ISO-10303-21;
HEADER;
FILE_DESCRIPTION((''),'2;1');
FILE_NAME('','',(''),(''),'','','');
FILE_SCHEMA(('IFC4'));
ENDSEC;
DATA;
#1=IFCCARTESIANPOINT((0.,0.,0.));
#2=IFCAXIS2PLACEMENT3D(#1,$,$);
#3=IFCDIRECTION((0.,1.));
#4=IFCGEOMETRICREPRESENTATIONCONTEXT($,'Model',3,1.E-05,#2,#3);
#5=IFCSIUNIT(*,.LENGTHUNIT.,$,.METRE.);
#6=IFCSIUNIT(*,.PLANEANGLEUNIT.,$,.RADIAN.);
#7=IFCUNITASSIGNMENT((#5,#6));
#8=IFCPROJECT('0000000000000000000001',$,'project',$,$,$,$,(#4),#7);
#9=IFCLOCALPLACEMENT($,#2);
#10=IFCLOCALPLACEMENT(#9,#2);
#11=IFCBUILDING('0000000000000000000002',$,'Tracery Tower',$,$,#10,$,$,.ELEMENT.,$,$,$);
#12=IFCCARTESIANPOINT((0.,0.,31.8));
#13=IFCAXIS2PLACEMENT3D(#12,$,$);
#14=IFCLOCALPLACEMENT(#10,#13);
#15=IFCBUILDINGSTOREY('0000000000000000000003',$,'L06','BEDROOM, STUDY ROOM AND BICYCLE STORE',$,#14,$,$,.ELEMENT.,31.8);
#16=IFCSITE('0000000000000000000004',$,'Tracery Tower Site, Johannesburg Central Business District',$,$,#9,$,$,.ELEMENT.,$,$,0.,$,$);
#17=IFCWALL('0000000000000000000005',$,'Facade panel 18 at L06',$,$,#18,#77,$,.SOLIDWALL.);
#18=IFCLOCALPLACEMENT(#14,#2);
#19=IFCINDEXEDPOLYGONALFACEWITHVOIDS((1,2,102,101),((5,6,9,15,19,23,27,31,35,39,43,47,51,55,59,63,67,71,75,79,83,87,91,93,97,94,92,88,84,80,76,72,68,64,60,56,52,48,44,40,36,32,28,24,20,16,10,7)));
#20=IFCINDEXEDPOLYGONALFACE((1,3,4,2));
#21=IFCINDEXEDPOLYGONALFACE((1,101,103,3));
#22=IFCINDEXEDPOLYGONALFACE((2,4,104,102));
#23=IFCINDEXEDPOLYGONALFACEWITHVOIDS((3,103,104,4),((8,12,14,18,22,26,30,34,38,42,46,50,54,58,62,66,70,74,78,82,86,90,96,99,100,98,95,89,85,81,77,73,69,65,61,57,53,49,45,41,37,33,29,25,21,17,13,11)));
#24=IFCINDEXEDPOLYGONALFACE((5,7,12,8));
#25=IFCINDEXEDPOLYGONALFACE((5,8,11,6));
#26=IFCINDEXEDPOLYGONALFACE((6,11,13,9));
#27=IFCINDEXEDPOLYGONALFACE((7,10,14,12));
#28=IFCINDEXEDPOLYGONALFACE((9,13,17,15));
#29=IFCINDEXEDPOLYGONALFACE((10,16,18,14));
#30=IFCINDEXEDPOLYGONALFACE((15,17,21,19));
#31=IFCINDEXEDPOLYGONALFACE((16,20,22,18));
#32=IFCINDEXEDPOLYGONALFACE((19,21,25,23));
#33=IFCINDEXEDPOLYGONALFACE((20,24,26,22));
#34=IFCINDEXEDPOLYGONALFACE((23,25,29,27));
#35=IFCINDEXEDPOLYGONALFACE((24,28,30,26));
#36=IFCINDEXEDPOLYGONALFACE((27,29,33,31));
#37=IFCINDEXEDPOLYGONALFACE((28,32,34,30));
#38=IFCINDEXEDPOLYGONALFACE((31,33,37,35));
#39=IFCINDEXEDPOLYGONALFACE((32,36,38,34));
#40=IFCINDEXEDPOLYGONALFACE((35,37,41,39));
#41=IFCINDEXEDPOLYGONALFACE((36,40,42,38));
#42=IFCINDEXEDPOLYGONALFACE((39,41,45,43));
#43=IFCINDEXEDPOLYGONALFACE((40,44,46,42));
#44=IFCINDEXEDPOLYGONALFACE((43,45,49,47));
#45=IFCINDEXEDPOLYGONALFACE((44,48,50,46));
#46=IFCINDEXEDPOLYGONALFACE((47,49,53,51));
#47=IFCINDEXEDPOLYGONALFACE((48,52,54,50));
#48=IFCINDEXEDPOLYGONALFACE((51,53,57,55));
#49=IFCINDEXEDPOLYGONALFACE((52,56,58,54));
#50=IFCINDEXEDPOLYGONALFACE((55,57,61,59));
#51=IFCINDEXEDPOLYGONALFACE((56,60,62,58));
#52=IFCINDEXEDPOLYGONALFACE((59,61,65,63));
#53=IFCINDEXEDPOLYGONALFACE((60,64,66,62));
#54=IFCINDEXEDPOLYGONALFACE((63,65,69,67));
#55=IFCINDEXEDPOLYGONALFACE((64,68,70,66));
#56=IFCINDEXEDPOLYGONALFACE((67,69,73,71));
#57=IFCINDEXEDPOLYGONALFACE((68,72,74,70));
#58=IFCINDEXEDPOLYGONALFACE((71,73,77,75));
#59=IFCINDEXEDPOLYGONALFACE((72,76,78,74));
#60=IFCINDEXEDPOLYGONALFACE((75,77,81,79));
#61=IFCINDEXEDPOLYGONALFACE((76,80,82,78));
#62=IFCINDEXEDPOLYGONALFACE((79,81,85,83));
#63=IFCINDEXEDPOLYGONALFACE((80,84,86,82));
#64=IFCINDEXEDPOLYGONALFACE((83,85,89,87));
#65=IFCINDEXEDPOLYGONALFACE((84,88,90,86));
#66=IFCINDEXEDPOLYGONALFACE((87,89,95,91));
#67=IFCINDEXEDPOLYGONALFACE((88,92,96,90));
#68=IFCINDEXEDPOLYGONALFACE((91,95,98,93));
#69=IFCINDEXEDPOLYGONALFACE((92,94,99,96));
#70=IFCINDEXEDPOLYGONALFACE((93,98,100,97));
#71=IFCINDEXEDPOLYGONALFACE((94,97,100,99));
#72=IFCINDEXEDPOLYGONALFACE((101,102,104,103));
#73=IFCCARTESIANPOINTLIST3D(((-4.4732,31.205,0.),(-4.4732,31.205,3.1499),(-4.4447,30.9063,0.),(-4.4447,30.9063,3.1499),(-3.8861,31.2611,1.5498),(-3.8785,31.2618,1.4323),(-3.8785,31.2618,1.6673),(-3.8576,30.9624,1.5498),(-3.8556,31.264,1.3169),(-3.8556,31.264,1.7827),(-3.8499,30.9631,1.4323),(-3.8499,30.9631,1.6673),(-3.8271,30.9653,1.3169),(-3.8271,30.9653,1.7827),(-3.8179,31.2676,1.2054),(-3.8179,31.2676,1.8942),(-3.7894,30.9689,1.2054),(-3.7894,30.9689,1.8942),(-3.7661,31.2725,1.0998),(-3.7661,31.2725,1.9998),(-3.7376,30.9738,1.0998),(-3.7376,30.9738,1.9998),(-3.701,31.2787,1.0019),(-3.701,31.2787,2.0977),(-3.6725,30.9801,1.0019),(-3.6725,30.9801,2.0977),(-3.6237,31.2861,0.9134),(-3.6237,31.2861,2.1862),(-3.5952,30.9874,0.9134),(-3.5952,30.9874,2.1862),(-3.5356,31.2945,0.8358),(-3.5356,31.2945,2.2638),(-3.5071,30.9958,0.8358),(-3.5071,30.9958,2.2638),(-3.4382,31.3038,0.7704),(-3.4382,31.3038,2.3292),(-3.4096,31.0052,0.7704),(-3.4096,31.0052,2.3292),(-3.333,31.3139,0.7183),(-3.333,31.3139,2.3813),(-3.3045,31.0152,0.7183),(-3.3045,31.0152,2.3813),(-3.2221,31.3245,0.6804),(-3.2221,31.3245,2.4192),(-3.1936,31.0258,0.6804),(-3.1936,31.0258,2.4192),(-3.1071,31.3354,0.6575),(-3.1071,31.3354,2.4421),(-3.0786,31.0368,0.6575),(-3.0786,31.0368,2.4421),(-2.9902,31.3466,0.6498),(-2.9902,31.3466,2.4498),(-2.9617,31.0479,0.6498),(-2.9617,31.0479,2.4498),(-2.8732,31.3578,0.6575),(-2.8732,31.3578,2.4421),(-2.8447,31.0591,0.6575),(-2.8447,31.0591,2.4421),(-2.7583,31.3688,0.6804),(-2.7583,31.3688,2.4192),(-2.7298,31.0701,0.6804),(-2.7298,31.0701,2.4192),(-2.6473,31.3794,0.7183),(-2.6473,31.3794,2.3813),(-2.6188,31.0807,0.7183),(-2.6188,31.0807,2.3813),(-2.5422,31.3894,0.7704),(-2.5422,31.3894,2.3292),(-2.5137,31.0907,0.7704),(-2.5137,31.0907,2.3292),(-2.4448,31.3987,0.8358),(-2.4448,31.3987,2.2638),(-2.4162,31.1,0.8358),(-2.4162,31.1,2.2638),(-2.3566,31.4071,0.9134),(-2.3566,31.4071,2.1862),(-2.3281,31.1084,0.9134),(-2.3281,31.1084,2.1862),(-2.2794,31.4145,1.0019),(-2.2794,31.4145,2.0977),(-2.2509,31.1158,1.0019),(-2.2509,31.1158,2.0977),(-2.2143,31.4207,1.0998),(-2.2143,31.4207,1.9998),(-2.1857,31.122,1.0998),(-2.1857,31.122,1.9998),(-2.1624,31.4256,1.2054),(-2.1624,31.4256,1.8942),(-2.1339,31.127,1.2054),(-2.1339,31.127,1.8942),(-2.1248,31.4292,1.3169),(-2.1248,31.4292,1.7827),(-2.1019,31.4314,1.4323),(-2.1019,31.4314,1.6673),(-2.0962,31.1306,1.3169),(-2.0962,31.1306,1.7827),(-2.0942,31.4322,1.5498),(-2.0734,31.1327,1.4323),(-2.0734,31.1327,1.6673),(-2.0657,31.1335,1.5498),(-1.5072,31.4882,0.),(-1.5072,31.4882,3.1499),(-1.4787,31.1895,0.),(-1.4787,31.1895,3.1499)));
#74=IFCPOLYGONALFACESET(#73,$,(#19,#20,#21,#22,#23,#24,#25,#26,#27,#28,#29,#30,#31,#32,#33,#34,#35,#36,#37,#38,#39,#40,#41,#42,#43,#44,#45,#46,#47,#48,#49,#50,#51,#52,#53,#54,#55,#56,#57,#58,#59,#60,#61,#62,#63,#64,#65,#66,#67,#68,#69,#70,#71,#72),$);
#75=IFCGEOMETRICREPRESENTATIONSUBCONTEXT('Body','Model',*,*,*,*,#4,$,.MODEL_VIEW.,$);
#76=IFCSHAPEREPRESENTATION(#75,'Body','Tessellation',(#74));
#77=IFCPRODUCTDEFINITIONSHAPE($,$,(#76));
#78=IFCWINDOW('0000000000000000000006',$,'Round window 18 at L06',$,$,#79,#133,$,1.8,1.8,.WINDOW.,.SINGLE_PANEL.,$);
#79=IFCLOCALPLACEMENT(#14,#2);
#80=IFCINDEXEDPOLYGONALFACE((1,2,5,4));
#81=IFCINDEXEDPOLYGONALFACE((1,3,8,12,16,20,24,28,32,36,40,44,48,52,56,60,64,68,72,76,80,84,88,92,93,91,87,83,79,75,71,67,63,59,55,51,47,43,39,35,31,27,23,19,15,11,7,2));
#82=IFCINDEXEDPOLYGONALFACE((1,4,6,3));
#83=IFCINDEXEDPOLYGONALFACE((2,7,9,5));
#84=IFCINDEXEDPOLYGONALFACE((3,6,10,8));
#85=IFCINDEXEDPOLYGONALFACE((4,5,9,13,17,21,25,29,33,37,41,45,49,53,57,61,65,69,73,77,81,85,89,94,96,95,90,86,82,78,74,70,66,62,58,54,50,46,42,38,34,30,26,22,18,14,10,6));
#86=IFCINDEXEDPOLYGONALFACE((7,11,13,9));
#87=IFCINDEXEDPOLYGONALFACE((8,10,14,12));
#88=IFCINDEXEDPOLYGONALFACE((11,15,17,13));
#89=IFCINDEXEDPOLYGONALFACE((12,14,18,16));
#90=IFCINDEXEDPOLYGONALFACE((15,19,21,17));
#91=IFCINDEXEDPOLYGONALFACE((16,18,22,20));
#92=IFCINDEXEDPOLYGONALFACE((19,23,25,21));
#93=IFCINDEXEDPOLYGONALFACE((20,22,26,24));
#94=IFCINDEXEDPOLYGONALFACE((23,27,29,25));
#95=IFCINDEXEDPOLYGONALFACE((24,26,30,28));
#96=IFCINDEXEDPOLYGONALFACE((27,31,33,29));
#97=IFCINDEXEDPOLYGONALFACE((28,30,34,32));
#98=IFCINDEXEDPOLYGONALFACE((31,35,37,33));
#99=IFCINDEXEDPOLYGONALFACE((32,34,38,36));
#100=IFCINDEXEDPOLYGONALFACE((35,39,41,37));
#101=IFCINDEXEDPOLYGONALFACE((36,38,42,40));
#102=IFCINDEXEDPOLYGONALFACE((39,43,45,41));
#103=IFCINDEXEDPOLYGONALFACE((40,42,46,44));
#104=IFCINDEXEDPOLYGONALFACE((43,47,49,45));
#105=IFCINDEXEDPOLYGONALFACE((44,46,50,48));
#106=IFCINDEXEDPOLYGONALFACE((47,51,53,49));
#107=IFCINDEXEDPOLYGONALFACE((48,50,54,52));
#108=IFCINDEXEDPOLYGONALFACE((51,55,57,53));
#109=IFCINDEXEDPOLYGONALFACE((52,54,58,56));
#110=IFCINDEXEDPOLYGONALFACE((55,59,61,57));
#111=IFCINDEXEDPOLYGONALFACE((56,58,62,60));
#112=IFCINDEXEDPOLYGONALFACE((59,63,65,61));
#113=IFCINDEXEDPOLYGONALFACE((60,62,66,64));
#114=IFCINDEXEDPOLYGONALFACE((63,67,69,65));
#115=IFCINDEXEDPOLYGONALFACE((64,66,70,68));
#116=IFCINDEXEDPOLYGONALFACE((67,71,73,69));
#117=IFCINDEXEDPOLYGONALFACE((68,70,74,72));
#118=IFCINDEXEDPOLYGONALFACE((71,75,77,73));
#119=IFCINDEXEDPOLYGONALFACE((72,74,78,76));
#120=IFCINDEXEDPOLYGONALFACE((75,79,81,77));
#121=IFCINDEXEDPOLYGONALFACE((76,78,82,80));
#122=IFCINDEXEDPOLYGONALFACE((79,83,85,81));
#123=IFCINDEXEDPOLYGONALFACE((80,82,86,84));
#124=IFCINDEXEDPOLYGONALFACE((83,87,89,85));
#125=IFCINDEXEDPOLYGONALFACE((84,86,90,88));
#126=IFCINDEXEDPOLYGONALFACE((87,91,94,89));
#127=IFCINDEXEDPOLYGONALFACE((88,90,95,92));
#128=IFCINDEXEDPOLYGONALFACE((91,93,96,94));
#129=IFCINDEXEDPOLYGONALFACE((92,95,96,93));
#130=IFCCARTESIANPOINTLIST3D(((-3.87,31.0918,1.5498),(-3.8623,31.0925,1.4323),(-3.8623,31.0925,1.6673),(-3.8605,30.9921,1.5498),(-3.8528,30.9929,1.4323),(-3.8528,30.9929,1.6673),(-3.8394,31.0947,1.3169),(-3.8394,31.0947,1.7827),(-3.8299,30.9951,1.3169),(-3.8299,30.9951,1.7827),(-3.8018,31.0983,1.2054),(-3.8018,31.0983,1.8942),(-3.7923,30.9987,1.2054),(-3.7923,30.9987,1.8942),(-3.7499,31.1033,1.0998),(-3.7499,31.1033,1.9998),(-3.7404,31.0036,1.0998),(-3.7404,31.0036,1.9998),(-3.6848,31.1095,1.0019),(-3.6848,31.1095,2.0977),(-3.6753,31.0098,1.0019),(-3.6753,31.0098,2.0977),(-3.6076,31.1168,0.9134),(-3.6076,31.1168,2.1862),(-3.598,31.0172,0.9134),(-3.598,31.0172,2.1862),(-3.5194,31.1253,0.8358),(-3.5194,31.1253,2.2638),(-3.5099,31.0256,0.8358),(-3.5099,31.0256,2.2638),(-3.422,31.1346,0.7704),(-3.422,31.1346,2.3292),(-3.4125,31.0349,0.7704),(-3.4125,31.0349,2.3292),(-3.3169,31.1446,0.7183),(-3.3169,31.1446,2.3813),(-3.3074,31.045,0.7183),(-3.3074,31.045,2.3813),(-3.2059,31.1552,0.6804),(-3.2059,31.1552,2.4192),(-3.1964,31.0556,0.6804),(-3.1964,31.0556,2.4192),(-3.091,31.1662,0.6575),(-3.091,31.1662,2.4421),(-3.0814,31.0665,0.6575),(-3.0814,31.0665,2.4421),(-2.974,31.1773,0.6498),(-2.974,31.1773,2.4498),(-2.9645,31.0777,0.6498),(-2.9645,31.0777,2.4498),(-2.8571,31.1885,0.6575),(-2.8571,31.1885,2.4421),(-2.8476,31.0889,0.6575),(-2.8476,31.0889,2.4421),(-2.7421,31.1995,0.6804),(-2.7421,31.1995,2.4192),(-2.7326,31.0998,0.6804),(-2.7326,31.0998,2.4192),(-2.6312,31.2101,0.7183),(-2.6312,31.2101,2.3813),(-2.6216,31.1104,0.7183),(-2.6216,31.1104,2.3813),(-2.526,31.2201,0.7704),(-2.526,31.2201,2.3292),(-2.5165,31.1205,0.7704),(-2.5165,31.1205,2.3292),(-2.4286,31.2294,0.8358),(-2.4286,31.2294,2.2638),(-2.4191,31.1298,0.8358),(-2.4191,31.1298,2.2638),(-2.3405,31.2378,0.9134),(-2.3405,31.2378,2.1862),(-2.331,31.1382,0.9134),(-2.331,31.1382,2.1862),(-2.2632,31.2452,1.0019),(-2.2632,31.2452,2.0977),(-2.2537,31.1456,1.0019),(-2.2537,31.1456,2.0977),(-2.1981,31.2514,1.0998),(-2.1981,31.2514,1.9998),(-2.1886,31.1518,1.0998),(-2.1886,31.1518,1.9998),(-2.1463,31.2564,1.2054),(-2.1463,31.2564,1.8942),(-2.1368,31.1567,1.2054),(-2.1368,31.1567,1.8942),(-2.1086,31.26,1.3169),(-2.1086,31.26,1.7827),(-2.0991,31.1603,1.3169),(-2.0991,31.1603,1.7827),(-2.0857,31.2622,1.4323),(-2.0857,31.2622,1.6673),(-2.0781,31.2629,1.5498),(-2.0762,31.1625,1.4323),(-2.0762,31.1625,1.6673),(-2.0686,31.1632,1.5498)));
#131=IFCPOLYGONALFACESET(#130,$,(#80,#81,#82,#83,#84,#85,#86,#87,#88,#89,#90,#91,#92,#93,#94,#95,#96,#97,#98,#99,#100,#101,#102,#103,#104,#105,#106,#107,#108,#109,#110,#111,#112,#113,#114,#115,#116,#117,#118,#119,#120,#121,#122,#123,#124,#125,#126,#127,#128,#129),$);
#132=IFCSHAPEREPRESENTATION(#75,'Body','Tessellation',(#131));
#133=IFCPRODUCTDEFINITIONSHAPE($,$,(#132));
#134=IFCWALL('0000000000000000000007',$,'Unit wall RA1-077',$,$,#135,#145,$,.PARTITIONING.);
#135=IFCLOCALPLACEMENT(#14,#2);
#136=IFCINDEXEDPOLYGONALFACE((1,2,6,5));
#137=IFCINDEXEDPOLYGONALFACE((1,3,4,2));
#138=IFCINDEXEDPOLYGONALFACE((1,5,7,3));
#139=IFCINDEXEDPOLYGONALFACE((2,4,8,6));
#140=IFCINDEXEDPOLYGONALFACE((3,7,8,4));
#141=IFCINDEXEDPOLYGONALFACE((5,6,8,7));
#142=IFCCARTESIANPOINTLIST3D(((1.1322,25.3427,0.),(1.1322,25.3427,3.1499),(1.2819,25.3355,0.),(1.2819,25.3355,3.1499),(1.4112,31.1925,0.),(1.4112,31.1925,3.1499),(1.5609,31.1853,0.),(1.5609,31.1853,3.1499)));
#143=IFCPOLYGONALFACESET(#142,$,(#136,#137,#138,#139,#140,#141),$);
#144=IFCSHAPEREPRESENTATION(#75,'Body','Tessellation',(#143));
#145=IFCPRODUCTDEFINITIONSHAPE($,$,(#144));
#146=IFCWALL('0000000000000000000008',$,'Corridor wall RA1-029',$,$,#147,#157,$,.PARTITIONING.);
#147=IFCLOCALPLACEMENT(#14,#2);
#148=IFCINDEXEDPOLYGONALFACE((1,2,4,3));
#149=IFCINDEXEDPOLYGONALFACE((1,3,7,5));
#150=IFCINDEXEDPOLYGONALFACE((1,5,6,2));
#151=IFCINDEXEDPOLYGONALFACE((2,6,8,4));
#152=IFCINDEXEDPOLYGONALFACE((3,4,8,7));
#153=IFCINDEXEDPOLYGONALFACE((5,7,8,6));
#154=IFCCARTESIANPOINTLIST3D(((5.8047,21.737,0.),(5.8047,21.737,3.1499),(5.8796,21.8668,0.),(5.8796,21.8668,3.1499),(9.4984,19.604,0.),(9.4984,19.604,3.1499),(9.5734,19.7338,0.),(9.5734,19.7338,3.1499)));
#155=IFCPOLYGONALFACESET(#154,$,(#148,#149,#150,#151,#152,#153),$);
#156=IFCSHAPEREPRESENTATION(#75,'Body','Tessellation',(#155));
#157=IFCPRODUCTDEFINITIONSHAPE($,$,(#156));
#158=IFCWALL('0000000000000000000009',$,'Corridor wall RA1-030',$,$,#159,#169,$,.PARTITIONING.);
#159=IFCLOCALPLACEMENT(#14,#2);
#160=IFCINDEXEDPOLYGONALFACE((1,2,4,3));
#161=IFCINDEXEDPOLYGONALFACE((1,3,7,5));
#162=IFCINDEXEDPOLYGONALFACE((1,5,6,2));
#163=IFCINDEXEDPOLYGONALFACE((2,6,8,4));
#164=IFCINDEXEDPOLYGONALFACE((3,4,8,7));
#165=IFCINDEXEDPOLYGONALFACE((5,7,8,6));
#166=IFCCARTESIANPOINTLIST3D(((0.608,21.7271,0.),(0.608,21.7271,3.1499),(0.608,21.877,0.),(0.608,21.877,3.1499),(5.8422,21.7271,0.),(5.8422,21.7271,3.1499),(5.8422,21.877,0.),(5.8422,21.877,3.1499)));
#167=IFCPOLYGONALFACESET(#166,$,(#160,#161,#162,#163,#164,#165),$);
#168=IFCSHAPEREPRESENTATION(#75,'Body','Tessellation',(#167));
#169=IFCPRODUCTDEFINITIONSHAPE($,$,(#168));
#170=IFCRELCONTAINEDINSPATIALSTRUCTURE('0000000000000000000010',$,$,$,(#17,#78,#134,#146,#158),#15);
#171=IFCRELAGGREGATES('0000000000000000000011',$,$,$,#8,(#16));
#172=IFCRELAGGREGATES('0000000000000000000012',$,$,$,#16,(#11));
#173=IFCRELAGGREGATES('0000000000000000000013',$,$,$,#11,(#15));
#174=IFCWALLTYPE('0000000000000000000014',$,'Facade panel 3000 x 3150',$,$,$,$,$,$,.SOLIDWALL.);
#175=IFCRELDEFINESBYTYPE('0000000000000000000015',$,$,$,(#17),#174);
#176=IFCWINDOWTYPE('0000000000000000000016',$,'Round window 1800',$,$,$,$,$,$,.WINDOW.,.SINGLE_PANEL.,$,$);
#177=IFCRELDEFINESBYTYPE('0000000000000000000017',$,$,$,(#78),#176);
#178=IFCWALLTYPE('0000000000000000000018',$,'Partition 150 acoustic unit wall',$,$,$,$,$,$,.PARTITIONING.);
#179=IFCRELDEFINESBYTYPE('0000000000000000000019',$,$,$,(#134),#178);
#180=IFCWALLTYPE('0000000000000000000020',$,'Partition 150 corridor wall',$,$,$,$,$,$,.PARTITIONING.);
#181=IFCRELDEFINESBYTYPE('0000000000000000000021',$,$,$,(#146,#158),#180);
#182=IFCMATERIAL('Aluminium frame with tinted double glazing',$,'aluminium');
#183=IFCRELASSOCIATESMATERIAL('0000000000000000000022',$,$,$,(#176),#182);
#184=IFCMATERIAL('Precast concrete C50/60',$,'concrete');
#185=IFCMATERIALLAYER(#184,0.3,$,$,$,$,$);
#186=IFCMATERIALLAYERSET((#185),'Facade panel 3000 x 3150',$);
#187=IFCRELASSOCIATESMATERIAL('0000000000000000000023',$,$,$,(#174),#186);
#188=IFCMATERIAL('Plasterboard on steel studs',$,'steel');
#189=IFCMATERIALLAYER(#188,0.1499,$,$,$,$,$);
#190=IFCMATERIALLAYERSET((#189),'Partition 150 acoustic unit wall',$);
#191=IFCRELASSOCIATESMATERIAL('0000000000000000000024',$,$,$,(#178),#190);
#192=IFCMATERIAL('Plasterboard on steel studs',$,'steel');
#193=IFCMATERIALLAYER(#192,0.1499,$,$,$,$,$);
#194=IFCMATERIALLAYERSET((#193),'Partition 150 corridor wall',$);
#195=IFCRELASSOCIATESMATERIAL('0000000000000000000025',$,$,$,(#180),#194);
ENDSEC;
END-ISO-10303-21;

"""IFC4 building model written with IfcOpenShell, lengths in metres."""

from ifc_helpers import new_model, si_unit, direction, frame, frame_2d, origin, origin_2d, place, context, subcontext, project, spatial, rectangle, circle, extrude, material, layer, layer_set, type_object, element, fill, save


model = new_model("IFC4")

# Units and contexts
model_context = context("Model", 3, precision=1e-05, world=origin(), true_north=direction((0.0, 1.0)))
body_context = subcontext(model_context, "Body", "Model", "MODEL_VIEW")
ifc_project = project(units=[si_unit("LENGTHUNIT", "METRE"), si_unit("PLANEANGLEUNIT", "RADIAN")], contexts=[model_context])

# Site, building, storey
site_placement = place(None, origin())
site = spatial("IfcSite", under=ifc_project, at=site_placement, Name="Tracery Tower Site, Johannesburg Central Business District", CompositionType="ELEMENT", RefElevation=0.0)
building_placement = place(site_placement, origin())
building = spatial("IfcBuilding", under=site, at=building_placement, Name="Tracery Tower", CompositionType="ELEMENT")
storey_placement = place(building_placement, frame((0.0, 0.0, 31.8)))
storey = spatial("IfcBuildingStorey", under=building, at=storey_placement, Name="L06", Description="BEDROOM, STUDY ROOM AND BICYCLE STORE", CompositionType="ELEMENT", Elevation=31.8)

# Wall, opening, window
ifc_material_1 = material(Name="Aluminium frame with tinted double glazing", Category="aluminium")
window_type = type_object("IfcWindowType", Name="Round window 1800", PartitioningType="SINGLE_PANEL", PredefinedType="WINDOW", material=ifc_material_1)
ifc_material_2 = material(Name="Precast concrete C50/60", Category="concrete")
ifc_layer_1 = layer(ifc_material_2, 0.3)
ifc_layer_set_1 = layer_set([ifc_layer_1], Name="Facade panel 3000 x 3150")
wall_type_1 = type_object("IfcWallType", Name="Facade panel 3000 x 3150", PredefinedType="SOLIDWALL", material=ifc_layer_set_1)
wall_1_placement = place(storey_placement, frame((-1.4929, 31.3389, 0.0), z_axis=(0.0, 0.0, 1.0), x_axis=(-0.995473, -0.095049, 0.0)))
wall_1 = element("IfcWall", 1, at=wall_1_placement, inside=storey, type_object=wall_type_1, Name="Facade panel 18 at L06", PredefinedType="SOLIDWALL", context=body_context, shape_type="SweptSolid", body=[
    extrude(rectangle(XDim=2.9795, YDim=0.3, at=frame_2d((1.4897, 0.0))), origin(), (0.0, 0.0, 1.0), 3.1499),
])
opening_1_placement = place(wall_1_placement, frame((1.4897, 0.0, 1.5498)))
opening_1 = element("IfcOpeningElement", 2, at=opening_1_placement, cuts=wall_1, PredefinedType="OPENING", context=body_context, shape_type="SweptSolid", body=[
    extrude(circle(Radius=0.9, at=origin_2d()), frame((0.0, 0.1599, 0.0), z_axis=(0.0, -1.0, 0.0), x_axis=(1.0, 0.0, 0.0)), (0.0, 0.0, 1.0), 0.3201),
])
window_1_placement = place(opening_1_placement, origin())
window_1 = element("IfcWindow", 3, at=window_1_placement, inside=storey, type_object=window_type, Name="Round window 18 at L06", OverallHeight=1.8, OverallWidth=1.8, PartitioningType="SINGLE_PANEL", PredefinedType="WINDOW", context=body_context, shape_type="SweptSolid", body=[
    extrude(circle(Radius=0.9, at=origin_2d()), frame((0.0, 0.1201, 0.0), z_axis=(0.0, -1.0, 0.0), x_axis=(1.0, 0.0, 0.0)), (0.0, 0.0, 1.0), 0.1001),
])
fill(opening_1, window_1)

# Walls
ifc_material_3 = material(Name="Plasterboard on steel studs", Category="steel")
ifc_layer_2 = layer(ifc_material_3, 0.1499)
ifc_layer_set_2 = layer_set([ifc_layer_2], Name="Partition 150 acoustic unit wall")
wall_type_2 = type_object("IfcWallType", Name="Partition 150 acoustic unit wall", PredefinedType="PARTITIONING", material=ifc_layer_set_2)
wall_2_placement = place(storey_placement, frame((1.207, 25.3391, 0.0), z_axis=(0.0, 0.0, 1.0), x_axis=(0.047648, 0.998864, 0.0)))
element("IfcWall", 4, at=wall_2_placement, inside=storey, type_object=wall_type_2, Name="Unit wall RA1-077", PredefinedType="PARTITIONING", context=body_context, shape_type="SweptSolid", body=[
    extrude(rectangle(XDim=5.8564, YDim=0.1499, at=frame_2d((2.9282, 0.0))), origin(), (0.0, 0.0, 1.0), 3.1499),
])
ifc_material_4 = material(Name="Plasterboard on steel studs", Category="steel")
ifc_layer_3 = layer(ifc_material_4, 0.1499)
ifc_layer_set_3 = layer_set([ifc_layer_3], Name="Partition 150 corridor wall")
wall_type_3 = type_object("IfcWallType", Name="Partition 150 corridor wall", PredefinedType="PARTITIONING", material=ifc_layer_set_3)
wall_3_placement = place(storey_placement, frame((5.842, 21.802, 0.0), z_axis=(0.0, 0.0, 1.0), x_axis=(0.865984, -0.500073, 0.0)))
element("IfcWall", 5, at=wall_3_placement, inside=storey, type_object=wall_type_3, Name="Corridor wall RA1-029", PredefinedType="PARTITIONING", context=body_context, shape_type="SweptSolid", body=[
    extrude(rectangle(XDim=4.2654, YDim=0.1499, at=frame_2d((2.1328, 0.0))), origin(), (0.0, 0.0, 1.0), 3.1499),
])
wall_4_placement = place(storey_placement, frame((0.6079, 21.802, 0.0), z_axis=(0.0, 0.0, 1.0), x_axis=(1.0, 0.0, 0.0)))
element("IfcWall", 6, at=wall_4_placement, inside=storey, type_object=wall_type_3, Name="Corridor wall RA1-030", PredefinedType="PARTITIONING", context=body_context, shape_type="SweptSolid", body=[
    extrude(rectangle(XDim=5.2341, YDim=0.1499, at=frame_2d((2.6172, 0.0))), origin(), (0.0, 0.0, 1.0), 3.1499),
])

save(model, "model.ifc")
